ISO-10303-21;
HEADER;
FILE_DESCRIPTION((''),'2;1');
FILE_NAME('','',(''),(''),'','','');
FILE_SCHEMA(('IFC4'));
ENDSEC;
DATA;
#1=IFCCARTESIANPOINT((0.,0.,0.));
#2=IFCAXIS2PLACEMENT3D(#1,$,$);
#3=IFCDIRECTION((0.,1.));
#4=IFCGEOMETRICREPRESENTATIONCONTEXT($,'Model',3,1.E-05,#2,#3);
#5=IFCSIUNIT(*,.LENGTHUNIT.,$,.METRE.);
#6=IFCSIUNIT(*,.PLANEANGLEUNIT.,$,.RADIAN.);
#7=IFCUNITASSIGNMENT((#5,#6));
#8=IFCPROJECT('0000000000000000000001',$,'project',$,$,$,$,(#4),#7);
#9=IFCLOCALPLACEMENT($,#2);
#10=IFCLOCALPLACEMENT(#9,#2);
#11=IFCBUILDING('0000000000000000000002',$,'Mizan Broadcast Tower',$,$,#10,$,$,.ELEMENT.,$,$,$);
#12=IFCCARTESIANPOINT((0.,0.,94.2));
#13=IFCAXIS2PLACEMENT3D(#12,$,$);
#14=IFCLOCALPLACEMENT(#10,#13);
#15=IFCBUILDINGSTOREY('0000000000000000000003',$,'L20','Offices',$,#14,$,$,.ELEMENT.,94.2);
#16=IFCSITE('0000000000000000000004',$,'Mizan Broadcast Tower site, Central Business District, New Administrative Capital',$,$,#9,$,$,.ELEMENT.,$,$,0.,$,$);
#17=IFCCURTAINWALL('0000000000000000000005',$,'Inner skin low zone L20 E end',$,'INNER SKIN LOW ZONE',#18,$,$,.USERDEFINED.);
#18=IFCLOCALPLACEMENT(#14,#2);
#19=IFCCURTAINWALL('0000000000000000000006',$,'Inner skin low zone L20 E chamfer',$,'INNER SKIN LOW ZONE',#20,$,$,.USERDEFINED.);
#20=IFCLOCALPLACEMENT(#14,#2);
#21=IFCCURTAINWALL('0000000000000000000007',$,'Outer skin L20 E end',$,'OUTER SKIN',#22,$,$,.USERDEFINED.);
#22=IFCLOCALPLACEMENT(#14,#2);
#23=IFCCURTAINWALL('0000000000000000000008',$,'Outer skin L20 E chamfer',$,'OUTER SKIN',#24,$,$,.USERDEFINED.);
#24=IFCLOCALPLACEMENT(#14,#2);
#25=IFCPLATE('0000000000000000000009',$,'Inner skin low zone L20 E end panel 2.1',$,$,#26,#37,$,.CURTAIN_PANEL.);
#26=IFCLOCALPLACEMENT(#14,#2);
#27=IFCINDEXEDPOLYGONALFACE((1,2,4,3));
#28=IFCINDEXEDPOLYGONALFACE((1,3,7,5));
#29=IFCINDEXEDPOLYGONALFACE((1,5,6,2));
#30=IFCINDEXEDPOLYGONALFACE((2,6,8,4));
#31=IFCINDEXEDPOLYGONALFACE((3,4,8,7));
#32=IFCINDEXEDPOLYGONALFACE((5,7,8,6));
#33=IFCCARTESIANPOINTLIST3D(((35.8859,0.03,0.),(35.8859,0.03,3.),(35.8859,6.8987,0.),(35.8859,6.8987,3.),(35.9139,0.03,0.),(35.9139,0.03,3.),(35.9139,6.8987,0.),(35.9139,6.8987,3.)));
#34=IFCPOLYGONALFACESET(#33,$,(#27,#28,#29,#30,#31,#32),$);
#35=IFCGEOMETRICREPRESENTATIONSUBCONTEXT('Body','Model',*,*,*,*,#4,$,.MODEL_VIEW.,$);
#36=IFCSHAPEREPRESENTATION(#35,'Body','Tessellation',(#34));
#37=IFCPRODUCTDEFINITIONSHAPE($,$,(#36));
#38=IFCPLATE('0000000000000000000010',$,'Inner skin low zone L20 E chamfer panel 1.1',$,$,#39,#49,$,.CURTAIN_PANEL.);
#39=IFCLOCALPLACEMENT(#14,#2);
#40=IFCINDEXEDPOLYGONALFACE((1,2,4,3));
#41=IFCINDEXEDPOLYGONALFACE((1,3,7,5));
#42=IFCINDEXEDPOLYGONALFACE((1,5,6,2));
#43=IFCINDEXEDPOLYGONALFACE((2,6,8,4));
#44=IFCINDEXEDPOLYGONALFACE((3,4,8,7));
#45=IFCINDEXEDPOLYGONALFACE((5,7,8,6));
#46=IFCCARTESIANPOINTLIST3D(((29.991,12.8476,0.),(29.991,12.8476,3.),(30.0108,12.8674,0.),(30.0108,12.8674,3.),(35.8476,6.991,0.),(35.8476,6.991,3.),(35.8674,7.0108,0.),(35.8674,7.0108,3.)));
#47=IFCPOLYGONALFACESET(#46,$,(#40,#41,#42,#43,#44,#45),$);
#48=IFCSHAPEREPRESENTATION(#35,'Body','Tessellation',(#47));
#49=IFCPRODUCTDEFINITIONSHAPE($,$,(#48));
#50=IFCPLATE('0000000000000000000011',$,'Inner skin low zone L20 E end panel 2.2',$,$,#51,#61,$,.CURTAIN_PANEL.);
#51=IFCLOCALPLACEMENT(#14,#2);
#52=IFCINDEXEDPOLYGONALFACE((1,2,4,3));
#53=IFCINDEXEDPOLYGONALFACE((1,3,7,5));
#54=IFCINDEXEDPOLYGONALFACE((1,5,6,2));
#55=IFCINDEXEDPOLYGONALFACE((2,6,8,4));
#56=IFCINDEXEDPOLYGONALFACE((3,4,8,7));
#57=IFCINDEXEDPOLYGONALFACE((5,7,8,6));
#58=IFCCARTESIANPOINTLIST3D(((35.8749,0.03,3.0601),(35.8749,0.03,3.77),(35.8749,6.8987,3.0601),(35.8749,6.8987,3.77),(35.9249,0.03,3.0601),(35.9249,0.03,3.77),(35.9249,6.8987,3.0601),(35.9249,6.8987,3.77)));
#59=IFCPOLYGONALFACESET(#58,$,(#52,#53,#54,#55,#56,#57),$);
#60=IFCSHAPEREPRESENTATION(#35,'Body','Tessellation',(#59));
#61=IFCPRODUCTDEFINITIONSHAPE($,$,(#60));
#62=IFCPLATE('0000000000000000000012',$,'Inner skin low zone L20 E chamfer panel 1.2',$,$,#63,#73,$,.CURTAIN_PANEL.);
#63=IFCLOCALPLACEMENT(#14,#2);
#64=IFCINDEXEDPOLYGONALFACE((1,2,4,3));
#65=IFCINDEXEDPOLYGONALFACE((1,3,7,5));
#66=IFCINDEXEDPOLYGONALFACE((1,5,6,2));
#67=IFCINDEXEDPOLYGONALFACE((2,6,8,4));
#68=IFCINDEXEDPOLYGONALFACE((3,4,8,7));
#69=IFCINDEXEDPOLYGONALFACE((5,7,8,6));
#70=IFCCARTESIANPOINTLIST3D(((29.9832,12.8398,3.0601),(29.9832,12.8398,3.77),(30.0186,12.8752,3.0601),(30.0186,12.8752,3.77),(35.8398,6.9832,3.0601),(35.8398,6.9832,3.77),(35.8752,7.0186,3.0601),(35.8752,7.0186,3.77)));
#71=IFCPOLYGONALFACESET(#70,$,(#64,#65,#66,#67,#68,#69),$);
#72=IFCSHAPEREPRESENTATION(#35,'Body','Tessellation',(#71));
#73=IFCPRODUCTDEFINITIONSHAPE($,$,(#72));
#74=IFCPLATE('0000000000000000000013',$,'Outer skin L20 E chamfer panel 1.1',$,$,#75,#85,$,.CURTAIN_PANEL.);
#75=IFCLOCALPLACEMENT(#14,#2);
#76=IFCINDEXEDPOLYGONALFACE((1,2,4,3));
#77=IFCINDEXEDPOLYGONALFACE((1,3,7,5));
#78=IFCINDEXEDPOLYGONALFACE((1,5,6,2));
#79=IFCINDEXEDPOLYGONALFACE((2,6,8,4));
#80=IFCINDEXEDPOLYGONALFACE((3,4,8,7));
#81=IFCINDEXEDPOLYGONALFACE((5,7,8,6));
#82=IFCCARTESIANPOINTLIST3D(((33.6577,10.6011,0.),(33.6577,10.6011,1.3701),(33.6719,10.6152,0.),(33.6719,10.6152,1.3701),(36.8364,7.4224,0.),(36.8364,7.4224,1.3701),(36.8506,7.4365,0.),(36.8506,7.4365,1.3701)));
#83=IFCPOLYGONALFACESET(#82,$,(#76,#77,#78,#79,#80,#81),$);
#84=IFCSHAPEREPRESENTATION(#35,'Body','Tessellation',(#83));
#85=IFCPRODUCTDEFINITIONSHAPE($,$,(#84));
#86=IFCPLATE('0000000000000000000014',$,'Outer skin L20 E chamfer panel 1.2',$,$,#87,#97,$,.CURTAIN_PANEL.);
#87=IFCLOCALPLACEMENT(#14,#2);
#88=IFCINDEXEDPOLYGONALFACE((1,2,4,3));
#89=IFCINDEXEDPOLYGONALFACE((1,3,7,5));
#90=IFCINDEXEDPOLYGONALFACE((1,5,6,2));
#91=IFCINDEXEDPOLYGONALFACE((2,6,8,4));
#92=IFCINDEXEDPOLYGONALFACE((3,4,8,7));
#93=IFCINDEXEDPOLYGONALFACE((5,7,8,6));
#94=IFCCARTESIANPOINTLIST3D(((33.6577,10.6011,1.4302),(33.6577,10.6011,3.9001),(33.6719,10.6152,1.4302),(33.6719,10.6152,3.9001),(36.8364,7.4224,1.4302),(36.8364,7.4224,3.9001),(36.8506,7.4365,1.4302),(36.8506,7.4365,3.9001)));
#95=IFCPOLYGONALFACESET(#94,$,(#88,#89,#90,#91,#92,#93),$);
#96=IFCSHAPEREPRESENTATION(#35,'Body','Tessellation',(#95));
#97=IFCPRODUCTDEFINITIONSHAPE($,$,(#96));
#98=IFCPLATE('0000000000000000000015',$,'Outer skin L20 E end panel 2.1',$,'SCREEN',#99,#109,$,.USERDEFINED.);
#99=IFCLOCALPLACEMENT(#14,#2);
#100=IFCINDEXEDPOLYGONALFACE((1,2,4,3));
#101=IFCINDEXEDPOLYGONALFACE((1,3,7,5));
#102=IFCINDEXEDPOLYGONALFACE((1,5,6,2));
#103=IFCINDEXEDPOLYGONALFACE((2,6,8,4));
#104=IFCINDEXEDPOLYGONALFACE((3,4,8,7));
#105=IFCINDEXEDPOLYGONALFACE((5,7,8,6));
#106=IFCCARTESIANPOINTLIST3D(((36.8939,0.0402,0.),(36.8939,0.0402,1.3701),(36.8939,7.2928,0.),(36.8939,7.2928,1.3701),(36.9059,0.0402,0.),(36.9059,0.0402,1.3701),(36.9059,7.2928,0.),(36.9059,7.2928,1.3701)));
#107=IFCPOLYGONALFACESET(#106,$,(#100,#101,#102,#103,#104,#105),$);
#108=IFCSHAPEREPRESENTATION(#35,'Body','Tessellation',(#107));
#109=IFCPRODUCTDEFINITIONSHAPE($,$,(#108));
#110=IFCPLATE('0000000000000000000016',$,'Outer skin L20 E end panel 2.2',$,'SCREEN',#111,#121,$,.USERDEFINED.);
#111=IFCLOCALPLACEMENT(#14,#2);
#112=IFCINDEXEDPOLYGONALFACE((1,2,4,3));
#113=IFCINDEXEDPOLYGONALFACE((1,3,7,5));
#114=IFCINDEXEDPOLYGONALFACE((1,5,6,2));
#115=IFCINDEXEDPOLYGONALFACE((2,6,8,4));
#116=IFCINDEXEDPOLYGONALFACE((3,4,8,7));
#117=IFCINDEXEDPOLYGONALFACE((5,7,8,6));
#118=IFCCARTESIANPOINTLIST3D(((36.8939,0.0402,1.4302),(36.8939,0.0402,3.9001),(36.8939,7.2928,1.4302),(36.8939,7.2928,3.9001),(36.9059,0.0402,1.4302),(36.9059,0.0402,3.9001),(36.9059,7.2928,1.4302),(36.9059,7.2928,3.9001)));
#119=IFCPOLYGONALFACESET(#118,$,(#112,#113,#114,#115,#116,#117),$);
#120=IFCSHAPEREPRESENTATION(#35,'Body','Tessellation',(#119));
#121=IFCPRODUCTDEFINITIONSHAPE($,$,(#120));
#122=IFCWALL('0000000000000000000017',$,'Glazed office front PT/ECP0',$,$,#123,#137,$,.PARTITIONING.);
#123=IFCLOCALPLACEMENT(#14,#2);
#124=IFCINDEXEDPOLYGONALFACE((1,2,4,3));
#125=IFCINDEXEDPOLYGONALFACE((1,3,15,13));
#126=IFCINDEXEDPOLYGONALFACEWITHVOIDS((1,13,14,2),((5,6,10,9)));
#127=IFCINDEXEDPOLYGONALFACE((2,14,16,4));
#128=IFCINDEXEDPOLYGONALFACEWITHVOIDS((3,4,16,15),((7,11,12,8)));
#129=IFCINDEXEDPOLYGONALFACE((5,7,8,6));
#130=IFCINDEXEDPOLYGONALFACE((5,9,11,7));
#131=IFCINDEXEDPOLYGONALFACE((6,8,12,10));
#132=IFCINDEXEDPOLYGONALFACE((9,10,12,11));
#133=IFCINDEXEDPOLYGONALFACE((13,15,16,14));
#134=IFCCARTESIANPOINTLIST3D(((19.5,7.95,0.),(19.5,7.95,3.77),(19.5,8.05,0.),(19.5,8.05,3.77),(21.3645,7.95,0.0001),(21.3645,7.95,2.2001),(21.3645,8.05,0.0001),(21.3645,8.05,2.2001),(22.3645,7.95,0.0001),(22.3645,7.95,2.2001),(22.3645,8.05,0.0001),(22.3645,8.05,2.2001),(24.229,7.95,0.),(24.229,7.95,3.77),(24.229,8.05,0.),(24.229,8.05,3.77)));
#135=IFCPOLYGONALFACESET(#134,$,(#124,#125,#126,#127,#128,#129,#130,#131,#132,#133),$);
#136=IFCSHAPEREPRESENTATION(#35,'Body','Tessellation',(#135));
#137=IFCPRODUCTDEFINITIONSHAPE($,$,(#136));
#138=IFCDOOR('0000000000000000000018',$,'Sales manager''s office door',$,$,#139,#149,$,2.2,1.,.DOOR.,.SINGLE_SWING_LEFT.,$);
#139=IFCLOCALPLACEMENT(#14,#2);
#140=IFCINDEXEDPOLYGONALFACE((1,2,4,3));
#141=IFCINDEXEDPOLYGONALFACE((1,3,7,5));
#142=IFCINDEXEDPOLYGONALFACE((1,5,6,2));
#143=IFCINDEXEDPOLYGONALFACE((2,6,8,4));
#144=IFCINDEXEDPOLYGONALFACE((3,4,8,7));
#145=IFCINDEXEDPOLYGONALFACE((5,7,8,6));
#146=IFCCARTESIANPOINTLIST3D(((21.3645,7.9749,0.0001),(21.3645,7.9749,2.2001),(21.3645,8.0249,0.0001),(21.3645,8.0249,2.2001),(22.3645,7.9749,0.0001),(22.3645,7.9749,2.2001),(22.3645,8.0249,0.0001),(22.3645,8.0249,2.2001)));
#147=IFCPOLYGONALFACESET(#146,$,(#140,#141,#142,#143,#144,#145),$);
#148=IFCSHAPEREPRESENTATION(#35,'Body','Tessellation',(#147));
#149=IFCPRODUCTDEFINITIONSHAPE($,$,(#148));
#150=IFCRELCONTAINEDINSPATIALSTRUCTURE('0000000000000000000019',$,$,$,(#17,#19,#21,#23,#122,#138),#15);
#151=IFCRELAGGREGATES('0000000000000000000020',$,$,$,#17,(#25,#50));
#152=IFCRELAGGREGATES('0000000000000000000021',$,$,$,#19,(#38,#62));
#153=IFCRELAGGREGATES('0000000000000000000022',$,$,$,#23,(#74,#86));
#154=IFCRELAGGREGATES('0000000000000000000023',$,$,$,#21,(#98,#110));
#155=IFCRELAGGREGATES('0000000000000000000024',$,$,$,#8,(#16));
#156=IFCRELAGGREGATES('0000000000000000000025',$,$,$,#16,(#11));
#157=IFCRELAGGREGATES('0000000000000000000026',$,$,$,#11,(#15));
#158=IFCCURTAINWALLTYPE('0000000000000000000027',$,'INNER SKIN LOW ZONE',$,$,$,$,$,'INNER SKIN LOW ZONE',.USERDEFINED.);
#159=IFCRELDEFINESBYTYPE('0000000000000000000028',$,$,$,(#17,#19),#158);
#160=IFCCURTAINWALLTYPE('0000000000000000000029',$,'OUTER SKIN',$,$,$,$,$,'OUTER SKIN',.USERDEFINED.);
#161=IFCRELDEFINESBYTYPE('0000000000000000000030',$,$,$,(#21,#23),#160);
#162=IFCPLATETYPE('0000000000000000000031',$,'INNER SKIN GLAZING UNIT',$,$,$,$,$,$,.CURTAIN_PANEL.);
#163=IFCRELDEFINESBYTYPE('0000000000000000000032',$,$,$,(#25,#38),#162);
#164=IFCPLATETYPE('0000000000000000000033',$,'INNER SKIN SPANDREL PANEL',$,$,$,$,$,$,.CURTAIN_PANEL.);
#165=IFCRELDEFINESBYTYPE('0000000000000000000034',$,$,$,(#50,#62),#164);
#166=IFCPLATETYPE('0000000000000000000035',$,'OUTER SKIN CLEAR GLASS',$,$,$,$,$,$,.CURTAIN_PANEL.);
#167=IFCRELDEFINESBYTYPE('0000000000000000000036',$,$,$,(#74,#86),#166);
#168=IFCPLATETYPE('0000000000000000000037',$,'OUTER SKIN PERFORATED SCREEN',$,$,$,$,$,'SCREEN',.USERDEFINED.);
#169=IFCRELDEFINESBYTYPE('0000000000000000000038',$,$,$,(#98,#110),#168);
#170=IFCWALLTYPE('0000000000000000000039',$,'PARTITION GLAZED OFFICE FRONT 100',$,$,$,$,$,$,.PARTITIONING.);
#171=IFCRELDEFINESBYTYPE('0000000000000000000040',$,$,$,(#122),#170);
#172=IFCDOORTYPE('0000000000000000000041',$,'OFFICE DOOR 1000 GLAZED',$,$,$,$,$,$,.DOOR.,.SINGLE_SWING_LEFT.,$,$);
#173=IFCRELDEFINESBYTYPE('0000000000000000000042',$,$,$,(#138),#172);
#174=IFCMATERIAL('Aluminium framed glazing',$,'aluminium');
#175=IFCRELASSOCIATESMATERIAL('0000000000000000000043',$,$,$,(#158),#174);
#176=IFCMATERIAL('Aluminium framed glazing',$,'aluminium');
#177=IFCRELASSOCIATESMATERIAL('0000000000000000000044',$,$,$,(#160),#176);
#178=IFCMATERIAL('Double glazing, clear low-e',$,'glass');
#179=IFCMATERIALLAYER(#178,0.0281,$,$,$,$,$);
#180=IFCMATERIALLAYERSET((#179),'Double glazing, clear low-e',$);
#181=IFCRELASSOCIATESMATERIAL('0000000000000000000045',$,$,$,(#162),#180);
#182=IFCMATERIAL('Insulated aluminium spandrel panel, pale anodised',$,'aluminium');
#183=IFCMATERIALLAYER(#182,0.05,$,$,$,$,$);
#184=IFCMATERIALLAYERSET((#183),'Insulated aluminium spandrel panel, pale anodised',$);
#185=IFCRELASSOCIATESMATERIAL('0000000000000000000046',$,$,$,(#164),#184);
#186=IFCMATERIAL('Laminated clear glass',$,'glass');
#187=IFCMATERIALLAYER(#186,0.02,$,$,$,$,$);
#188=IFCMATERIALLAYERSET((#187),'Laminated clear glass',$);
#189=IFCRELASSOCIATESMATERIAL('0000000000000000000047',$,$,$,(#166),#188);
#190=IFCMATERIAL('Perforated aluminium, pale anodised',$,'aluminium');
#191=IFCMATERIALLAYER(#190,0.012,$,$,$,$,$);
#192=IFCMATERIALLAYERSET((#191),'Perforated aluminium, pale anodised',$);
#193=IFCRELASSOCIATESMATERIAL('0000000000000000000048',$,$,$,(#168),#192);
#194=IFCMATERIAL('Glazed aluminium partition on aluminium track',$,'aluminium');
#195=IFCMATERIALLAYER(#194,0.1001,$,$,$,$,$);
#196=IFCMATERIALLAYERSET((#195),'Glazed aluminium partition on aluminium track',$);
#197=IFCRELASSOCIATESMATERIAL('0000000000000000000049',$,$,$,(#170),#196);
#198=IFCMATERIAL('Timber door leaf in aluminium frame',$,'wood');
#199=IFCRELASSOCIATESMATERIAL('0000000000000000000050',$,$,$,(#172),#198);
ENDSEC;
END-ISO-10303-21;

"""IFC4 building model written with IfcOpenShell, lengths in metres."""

from ifc_helpers import new_model, si_unit, direction, frame, frame_2d, origin, origin_2d, place, context, subcontext, project, spatial, rectangle, extrude, material, layer, layer_set, type_object, element, fill, aggregate, save


model = new_model("IFC4")

# Units and contexts
model_context = context("Model", 3, precision=1e-05, world=origin(), true_north=direction((0.0, 1.0)))
body_context = subcontext(model_context, "Body", "Model", "MODEL_VIEW")
ifc_project = project(units=[si_unit("LENGTHUNIT", "METRE"), si_unit("PLANEANGLEUNIT", "RADIAN")], contexts=[model_context])

# Site, building, storey
site_placement = place(None, origin())
site = spatial("IfcSite", under=ifc_project, at=site_placement, Name="Mizan Broadcast Tower site, Central Business District, New Administrative Capital", CompositionType="ELEMENT", RefElevation=0.0)
building_placement = place(site_placement, origin())
building = spatial("IfcBuilding", under=site, at=building_placement, Name="Mizan Broadcast Tower", CompositionType="ELEMENT")
storey_placement = place(building_placement, frame((0.0, 0.0, 94.2)))
storey = spatial("IfcBuildingStorey", under=building, at=storey_placement, Name="L20", Description="Offices", CompositionType="ELEMENT", Elevation=94.2)

# Curtain wall
ifc_material_1 = material(Name="Aluminium framed glazing", Category="aluminium")
curtain_wall_type_1 = type_object("IfcCurtainWallType", Name="INNER SKIN LOW ZONE", ElementType="INNER SKIN LOW ZONE", PredefinedType="USERDEFINED", material=ifc_material_1)
curtain_wall_1_placement = place(storey_placement, origin())
curtain_wall_1 = element("IfcCurtainWall", 1, at=curtain_wall_1_placement, inside=storey, type_object=curtain_wall_type_1, Name="Inner skin low zone L20 E end", ObjectType="INNER SKIN LOW ZONE", PredefinedType="USERDEFINED")

# Curtain wall
curtain_wall_2_placement = place(storey_placement, origin())
curtain_wall_2 = element("IfcCurtainWall", 2, at=curtain_wall_2_placement, inside=storey, type_object=curtain_wall_type_1, Name="Inner skin low zone L20 E chamfer", ObjectType="INNER SKIN LOW ZONE", PredefinedType="USERDEFINED")

# Curtain wall
ifc_material_2 = material(Name="Aluminium framed glazing", Category="aluminium")
curtain_wall_type_2 = type_object("IfcCurtainWallType", Name="OUTER SKIN", ElementType="OUTER SKIN", PredefinedType="USERDEFINED", material=ifc_material_2)
curtain_wall_3_placement = place(storey_placement, origin())
curtain_wall_3 = element("IfcCurtainWall", 3, at=curtain_wall_3_placement, inside=storey, type_object=curtain_wall_type_2, Name="Outer skin L20 E end", ObjectType="OUTER SKIN", PredefinedType="USERDEFINED")

# Curtain wall
curtain_wall_4_placement = place(storey_placement, origin())
curtain_wall_4 = element("IfcCurtainWall", 4, at=curtain_wall_4_placement, inside=storey, type_object=curtain_wall_type_2, Name="Outer skin L20 E chamfer", ObjectType="OUTER SKIN", PredefinedType="USERDEFINED")

# Plates
ifc_material_3 = material(Name="Double glazing, clear low-e", Category="glass")
ifc_layer_1 = layer(ifc_material_3, 0.0281)
ifc_layer_set_1 = layer_set([ifc_layer_1], Name="Double glazing, clear low-e")
plate_type_1 = type_object("IfcPlateType", Name="INNER SKIN GLAZING UNIT", PredefinedType="CURTAIN_PANEL", material=ifc_layer_set_1)
plate_1_placement = place(storey_placement, frame((35.8999, 3.4644, 0.0), z_axis=(0.0, 0.0, 1.0), x_axis=(0.0, 1.0, 0.0)))
plate_1 = element("IfcPlate", 5, at=plate_1_placement, type_object=plate_type_1, Name="Inner skin low zone L20 E end panel 2.1", PredefinedType="CURTAIN_PANEL", context=body_context, shape_type="SweptSolid", body=[
    extrude(rectangle(XDim=6.8687, YDim=0.0281, at=origin_2d()), origin(), (0.0, 0.0, 1.0), 3.0),
])
plate_2_placement = place(storey_placement, frame((32.9292, 9.9292, 0.0), z_axis=(0.0, 0.0, 1.0), x_axis=(-0.707107, 0.707107, 0.0)))
plate_2 = element("IfcPlate", 6, at=plate_2_placement, type_object=plate_type_1, Name="Inner skin low zone L20 E chamfer panel 1.1", PredefinedType="CURTAIN_PANEL", context=body_context, shape_type="SweptSolid", body=[
    extrude(rectangle(XDim=8.2825, YDim=0.0281, at=origin_2d()), origin(), (0.0, 0.0, 1.0), 3.0),
])
ifc_material_4 = material(Name="Insulated aluminium spandrel panel, pale anodised", Category="aluminium")
ifc_layer_2 = layer(ifc_material_4, 0.05)
ifc_layer_set_2 = layer_set([ifc_layer_2], Name="Insulated aluminium spandrel panel, pale anodised")
plate_type_2 = type_object("IfcPlateType", Name="INNER SKIN SPANDREL PANEL", PredefinedType="CURTAIN_PANEL", material=ifc_layer_set_2)
plate_3_placement = place(storey_placement, frame((35.8999, 3.4644, 3.0601), z_axis=(0.0, 0.0, 1.0), x_axis=(0.0, 1.0, 0.0)))
plate_3 = element("IfcPlate", 7, at=plate_3_placement, type_object=plate_type_2, Name="Inner skin low zone L20 E end panel 2.2", PredefinedType="CURTAIN_PANEL", context=body_context, shape_type="SweptSolid", body=[
    extrude(rectangle(XDim=6.8687, YDim=0.05, at=origin_2d()), origin(), (0.0, 0.0, 1.0), 0.71),
])
aggregate(curtain_wall_1, [plate_1, plate_3])
plate_4_placement = place(storey_placement, frame((32.9292, 9.9292, 3.0601), z_axis=(0.0, 0.0, 1.0), x_axis=(-0.707107, 0.707107, 0.0)))
plate_4 = element("IfcPlate", 8, at=plate_4_placement, type_object=plate_type_2, Name="Inner skin low zone L20 E chamfer panel 1.2", PredefinedType="CURTAIN_PANEL", context=body_context, shape_type="SweptSolid", body=[
    extrude(rectangle(XDim=8.2825, YDim=0.05, at=origin_2d()), origin(), (0.0, 0.0, 1.0), 0.71),
])
aggregate(curtain_wall_2, [plate_2, plate_4])
ifc_material_5 = material(Name="Laminated clear glass", Category="glass")
ifc_layer_3 = layer(ifc_material_5, 0.02)
ifc_layer_set_3 = layer_set([ifc_layer_3], Name="Laminated clear glass")
plate_type_3 = type_object("IfcPlateType", Name="OUTER SKIN CLEAR GLASS", PredefinedType="CURTAIN_PANEL", material=ifc_layer_set_3)
plate_5_placement = place(storey_placement, frame((35.2542, 9.0188, 0.0), z_axis=(0.0, 0.0, 1.0), x_axis=(-0.707107, 0.707107, 0.0)))
plate_5 = element("IfcPlate", 9, at=plate_5_placement, type_object=plate_type_3, Name="Outer skin L20 E chamfer panel 1.1", PredefinedType="CURTAIN_PANEL", context=body_context, shape_type="SweptSolid", body=[
    extrude(rectangle(XDim=4.4954, YDim=0.02, at=origin_2d()), origin(), (0.0, 0.0, 1.0), 1.3701),
])
plate_6_placement = place(storey_placement, frame((35.2542, 9.0188, 1.4302), z_axis=(0.0, 0.0, 1.0), x_axis=(-0.707107, 0.707107, 0.0)))
plate_6 = element("IfcPlate", 10, at=plate_6_placement, type_object=plate_type_3, Name="Outer skin L20 E chamfer panel 1.2", PredefinedType="CURTAIN_PANEL", context=body_context, shape_type="SweptSolid", body=[
    extrude(rectangle(XDim=4.4954, YDim=0.02, at=origin_2d()), origin(), (0.0, 0.0, 1.0), 2.47),
])
aggregate(curtain_wall_4, [plate_5, plate_6])
ifc_material_6 = material(Name="Perforated aluminium, pale anodised", Category="aluminium")
ifc_layer_4 = layer(ifc_material_6, 0.012)
ifc_layer_set_4 = layer_set([ifc_layer_4], Name="Perforated aluminium, pale anodised")
plate_type_4 = type_object("IfcPlateType", Name="OUTER SKIN PERFORATED SCREEN", ElementType="SCREEN", PredefinedType="USERDEFINED", material=ifc_layer_set_4)
plate_7_placement = place(storey_placement, frame((36.8999, 3.6665, 0.0), z_axis=(0.0, 0.0, 1.0), x_axis=(0.0, 1.0, 0.0)))
plate_7 = element("IfcPlate", 11, at=plate_7_placement, type_object=plate_type_4, Name="Outer skin L20 E end panel 2.1", ObjectType="SCREEN", PredefinedType="USERDEFINED", context=body_context, shape_type="SweptSolid", body=[
    extrude(rectangle(XDim=7.2527, YDim=0.012, at=origin_2d()), origin(), (0.0, 0.0, 1.0), 1.3701),
])
plate_8_placement = place(storey_placement, frame((36.8999, 3.6665, 1.4302), z_axis=(0.0, 0.0, 1.0), x_axis=(0.0, 1.0, 0.0)))
plate_8 = element("IfcPlate", 12, at=plate_8_placement, type_object=plate_type_4, Name="Outer skin L20 E end panel 2.2", ObjectType="SCREEN", PredefinedType="USERDEFINED", context=body_context, shape_type="SweptSolid", body=[
    extrude(rectangle(XDim=7.2527, YDim=0.012, at=origin_2d()), origin(), (0.0, 0.0, 1.0), 2.47),
])
aggregate(curtain_wall_3, [plate_7, plate_8])

# Wall, opening, door
ifc_material_7 = material(Name="Glazed aluminium partition on aluminium track", Category="aluminium")
ifc_layer_5 = layer(ifc_material_7, 0.1001)
ifc_layer_set_5 = layer_set([ifc_layer_5], Name="Glazed aluminium partition on aluminium track")
wall_type = type_object("IfcWallType", Name="PARTITION GLAZED OFFICE FRONT 100", PredefinedType="PARTITIONING", material=ifc_layer_set_5)
wall_1_placement = place(storey_placement, frame((19.5, 8.0, 0.0), z_axis=(0.0, 0.0, 1.0), x_axis=(1.0, 0.0, 0.0)))
wall_1 = element("IfcWall", 13, at=wall_1_placement, inside=storey, type_object=wall_type, Name="Glazed office front PT/ECP0", PredefinedType="PARTITIONING", context=body_context, shape_type="SweptSolid", body=[
    extrude(rectangle(XDim=4.729, YDim=0.1001, at=frame_2d((2.3645, 0.0))), origin(), (0.0, 0.0, 1.0), 3.77),
])
opening_1_placement = place(wall_1_placement, frame((1.8645, 0.0, 0.0)))
opening_1 = element("IfcOpeningElement", 14, at=opening_1_placement, cuts=wall_1, PredefinedType="OPENING", context=body_context, shape_type="SweptSolid", body=[
    extrude(rectangle(XDim=1.0, YDim=2.2, at=frame_2d((0.5, 1.1001))), frame((0.0, 0.0601, 0.0), z_axis=(0.0, -1.0, 0.0), x_axis=(1.0, 0.0, 0.0)), (0.0, 0.0, 1.0), 0.1201),
])
ifc_material_8 = material(Name="Timber door leaf in aluminium frame", Category="wood")
door_type = type_object("IfcDoorType", Name="OFFICE DOOR 1000 GLAZED", OperationType="SINGLE_SWING_LEFT", PredefinedType="DOOR", material=ifc_material_8)
door_1_placement = place(opening_1_placement, origin())
door_1 = element("IfcDoor", 15, at=door_1_placement, inside=storey, type_object=door_type, Name="Sales manager's office door", OperationType="SINGLE_SWING_LEFT", OverallHeight=2.2, OverallWidth=1.0, PredefinedType="DOOR", context=body_context, shape_type="SweptSolid", body=[
    extrude(rectangle(XDim=1.0, YDim=2.2, at=frame_2d((0.5, 1.1001))), frame((0.0, 0.0249, 0.0), z_axis=(0.0, -1.0, 0.0), x_axis=(1.0, 0.0, 0.0)), (0.0, 0.0, 1.0), 0.05),
])
fill(opening_1, door_1)

save(model, "model.ifc")
